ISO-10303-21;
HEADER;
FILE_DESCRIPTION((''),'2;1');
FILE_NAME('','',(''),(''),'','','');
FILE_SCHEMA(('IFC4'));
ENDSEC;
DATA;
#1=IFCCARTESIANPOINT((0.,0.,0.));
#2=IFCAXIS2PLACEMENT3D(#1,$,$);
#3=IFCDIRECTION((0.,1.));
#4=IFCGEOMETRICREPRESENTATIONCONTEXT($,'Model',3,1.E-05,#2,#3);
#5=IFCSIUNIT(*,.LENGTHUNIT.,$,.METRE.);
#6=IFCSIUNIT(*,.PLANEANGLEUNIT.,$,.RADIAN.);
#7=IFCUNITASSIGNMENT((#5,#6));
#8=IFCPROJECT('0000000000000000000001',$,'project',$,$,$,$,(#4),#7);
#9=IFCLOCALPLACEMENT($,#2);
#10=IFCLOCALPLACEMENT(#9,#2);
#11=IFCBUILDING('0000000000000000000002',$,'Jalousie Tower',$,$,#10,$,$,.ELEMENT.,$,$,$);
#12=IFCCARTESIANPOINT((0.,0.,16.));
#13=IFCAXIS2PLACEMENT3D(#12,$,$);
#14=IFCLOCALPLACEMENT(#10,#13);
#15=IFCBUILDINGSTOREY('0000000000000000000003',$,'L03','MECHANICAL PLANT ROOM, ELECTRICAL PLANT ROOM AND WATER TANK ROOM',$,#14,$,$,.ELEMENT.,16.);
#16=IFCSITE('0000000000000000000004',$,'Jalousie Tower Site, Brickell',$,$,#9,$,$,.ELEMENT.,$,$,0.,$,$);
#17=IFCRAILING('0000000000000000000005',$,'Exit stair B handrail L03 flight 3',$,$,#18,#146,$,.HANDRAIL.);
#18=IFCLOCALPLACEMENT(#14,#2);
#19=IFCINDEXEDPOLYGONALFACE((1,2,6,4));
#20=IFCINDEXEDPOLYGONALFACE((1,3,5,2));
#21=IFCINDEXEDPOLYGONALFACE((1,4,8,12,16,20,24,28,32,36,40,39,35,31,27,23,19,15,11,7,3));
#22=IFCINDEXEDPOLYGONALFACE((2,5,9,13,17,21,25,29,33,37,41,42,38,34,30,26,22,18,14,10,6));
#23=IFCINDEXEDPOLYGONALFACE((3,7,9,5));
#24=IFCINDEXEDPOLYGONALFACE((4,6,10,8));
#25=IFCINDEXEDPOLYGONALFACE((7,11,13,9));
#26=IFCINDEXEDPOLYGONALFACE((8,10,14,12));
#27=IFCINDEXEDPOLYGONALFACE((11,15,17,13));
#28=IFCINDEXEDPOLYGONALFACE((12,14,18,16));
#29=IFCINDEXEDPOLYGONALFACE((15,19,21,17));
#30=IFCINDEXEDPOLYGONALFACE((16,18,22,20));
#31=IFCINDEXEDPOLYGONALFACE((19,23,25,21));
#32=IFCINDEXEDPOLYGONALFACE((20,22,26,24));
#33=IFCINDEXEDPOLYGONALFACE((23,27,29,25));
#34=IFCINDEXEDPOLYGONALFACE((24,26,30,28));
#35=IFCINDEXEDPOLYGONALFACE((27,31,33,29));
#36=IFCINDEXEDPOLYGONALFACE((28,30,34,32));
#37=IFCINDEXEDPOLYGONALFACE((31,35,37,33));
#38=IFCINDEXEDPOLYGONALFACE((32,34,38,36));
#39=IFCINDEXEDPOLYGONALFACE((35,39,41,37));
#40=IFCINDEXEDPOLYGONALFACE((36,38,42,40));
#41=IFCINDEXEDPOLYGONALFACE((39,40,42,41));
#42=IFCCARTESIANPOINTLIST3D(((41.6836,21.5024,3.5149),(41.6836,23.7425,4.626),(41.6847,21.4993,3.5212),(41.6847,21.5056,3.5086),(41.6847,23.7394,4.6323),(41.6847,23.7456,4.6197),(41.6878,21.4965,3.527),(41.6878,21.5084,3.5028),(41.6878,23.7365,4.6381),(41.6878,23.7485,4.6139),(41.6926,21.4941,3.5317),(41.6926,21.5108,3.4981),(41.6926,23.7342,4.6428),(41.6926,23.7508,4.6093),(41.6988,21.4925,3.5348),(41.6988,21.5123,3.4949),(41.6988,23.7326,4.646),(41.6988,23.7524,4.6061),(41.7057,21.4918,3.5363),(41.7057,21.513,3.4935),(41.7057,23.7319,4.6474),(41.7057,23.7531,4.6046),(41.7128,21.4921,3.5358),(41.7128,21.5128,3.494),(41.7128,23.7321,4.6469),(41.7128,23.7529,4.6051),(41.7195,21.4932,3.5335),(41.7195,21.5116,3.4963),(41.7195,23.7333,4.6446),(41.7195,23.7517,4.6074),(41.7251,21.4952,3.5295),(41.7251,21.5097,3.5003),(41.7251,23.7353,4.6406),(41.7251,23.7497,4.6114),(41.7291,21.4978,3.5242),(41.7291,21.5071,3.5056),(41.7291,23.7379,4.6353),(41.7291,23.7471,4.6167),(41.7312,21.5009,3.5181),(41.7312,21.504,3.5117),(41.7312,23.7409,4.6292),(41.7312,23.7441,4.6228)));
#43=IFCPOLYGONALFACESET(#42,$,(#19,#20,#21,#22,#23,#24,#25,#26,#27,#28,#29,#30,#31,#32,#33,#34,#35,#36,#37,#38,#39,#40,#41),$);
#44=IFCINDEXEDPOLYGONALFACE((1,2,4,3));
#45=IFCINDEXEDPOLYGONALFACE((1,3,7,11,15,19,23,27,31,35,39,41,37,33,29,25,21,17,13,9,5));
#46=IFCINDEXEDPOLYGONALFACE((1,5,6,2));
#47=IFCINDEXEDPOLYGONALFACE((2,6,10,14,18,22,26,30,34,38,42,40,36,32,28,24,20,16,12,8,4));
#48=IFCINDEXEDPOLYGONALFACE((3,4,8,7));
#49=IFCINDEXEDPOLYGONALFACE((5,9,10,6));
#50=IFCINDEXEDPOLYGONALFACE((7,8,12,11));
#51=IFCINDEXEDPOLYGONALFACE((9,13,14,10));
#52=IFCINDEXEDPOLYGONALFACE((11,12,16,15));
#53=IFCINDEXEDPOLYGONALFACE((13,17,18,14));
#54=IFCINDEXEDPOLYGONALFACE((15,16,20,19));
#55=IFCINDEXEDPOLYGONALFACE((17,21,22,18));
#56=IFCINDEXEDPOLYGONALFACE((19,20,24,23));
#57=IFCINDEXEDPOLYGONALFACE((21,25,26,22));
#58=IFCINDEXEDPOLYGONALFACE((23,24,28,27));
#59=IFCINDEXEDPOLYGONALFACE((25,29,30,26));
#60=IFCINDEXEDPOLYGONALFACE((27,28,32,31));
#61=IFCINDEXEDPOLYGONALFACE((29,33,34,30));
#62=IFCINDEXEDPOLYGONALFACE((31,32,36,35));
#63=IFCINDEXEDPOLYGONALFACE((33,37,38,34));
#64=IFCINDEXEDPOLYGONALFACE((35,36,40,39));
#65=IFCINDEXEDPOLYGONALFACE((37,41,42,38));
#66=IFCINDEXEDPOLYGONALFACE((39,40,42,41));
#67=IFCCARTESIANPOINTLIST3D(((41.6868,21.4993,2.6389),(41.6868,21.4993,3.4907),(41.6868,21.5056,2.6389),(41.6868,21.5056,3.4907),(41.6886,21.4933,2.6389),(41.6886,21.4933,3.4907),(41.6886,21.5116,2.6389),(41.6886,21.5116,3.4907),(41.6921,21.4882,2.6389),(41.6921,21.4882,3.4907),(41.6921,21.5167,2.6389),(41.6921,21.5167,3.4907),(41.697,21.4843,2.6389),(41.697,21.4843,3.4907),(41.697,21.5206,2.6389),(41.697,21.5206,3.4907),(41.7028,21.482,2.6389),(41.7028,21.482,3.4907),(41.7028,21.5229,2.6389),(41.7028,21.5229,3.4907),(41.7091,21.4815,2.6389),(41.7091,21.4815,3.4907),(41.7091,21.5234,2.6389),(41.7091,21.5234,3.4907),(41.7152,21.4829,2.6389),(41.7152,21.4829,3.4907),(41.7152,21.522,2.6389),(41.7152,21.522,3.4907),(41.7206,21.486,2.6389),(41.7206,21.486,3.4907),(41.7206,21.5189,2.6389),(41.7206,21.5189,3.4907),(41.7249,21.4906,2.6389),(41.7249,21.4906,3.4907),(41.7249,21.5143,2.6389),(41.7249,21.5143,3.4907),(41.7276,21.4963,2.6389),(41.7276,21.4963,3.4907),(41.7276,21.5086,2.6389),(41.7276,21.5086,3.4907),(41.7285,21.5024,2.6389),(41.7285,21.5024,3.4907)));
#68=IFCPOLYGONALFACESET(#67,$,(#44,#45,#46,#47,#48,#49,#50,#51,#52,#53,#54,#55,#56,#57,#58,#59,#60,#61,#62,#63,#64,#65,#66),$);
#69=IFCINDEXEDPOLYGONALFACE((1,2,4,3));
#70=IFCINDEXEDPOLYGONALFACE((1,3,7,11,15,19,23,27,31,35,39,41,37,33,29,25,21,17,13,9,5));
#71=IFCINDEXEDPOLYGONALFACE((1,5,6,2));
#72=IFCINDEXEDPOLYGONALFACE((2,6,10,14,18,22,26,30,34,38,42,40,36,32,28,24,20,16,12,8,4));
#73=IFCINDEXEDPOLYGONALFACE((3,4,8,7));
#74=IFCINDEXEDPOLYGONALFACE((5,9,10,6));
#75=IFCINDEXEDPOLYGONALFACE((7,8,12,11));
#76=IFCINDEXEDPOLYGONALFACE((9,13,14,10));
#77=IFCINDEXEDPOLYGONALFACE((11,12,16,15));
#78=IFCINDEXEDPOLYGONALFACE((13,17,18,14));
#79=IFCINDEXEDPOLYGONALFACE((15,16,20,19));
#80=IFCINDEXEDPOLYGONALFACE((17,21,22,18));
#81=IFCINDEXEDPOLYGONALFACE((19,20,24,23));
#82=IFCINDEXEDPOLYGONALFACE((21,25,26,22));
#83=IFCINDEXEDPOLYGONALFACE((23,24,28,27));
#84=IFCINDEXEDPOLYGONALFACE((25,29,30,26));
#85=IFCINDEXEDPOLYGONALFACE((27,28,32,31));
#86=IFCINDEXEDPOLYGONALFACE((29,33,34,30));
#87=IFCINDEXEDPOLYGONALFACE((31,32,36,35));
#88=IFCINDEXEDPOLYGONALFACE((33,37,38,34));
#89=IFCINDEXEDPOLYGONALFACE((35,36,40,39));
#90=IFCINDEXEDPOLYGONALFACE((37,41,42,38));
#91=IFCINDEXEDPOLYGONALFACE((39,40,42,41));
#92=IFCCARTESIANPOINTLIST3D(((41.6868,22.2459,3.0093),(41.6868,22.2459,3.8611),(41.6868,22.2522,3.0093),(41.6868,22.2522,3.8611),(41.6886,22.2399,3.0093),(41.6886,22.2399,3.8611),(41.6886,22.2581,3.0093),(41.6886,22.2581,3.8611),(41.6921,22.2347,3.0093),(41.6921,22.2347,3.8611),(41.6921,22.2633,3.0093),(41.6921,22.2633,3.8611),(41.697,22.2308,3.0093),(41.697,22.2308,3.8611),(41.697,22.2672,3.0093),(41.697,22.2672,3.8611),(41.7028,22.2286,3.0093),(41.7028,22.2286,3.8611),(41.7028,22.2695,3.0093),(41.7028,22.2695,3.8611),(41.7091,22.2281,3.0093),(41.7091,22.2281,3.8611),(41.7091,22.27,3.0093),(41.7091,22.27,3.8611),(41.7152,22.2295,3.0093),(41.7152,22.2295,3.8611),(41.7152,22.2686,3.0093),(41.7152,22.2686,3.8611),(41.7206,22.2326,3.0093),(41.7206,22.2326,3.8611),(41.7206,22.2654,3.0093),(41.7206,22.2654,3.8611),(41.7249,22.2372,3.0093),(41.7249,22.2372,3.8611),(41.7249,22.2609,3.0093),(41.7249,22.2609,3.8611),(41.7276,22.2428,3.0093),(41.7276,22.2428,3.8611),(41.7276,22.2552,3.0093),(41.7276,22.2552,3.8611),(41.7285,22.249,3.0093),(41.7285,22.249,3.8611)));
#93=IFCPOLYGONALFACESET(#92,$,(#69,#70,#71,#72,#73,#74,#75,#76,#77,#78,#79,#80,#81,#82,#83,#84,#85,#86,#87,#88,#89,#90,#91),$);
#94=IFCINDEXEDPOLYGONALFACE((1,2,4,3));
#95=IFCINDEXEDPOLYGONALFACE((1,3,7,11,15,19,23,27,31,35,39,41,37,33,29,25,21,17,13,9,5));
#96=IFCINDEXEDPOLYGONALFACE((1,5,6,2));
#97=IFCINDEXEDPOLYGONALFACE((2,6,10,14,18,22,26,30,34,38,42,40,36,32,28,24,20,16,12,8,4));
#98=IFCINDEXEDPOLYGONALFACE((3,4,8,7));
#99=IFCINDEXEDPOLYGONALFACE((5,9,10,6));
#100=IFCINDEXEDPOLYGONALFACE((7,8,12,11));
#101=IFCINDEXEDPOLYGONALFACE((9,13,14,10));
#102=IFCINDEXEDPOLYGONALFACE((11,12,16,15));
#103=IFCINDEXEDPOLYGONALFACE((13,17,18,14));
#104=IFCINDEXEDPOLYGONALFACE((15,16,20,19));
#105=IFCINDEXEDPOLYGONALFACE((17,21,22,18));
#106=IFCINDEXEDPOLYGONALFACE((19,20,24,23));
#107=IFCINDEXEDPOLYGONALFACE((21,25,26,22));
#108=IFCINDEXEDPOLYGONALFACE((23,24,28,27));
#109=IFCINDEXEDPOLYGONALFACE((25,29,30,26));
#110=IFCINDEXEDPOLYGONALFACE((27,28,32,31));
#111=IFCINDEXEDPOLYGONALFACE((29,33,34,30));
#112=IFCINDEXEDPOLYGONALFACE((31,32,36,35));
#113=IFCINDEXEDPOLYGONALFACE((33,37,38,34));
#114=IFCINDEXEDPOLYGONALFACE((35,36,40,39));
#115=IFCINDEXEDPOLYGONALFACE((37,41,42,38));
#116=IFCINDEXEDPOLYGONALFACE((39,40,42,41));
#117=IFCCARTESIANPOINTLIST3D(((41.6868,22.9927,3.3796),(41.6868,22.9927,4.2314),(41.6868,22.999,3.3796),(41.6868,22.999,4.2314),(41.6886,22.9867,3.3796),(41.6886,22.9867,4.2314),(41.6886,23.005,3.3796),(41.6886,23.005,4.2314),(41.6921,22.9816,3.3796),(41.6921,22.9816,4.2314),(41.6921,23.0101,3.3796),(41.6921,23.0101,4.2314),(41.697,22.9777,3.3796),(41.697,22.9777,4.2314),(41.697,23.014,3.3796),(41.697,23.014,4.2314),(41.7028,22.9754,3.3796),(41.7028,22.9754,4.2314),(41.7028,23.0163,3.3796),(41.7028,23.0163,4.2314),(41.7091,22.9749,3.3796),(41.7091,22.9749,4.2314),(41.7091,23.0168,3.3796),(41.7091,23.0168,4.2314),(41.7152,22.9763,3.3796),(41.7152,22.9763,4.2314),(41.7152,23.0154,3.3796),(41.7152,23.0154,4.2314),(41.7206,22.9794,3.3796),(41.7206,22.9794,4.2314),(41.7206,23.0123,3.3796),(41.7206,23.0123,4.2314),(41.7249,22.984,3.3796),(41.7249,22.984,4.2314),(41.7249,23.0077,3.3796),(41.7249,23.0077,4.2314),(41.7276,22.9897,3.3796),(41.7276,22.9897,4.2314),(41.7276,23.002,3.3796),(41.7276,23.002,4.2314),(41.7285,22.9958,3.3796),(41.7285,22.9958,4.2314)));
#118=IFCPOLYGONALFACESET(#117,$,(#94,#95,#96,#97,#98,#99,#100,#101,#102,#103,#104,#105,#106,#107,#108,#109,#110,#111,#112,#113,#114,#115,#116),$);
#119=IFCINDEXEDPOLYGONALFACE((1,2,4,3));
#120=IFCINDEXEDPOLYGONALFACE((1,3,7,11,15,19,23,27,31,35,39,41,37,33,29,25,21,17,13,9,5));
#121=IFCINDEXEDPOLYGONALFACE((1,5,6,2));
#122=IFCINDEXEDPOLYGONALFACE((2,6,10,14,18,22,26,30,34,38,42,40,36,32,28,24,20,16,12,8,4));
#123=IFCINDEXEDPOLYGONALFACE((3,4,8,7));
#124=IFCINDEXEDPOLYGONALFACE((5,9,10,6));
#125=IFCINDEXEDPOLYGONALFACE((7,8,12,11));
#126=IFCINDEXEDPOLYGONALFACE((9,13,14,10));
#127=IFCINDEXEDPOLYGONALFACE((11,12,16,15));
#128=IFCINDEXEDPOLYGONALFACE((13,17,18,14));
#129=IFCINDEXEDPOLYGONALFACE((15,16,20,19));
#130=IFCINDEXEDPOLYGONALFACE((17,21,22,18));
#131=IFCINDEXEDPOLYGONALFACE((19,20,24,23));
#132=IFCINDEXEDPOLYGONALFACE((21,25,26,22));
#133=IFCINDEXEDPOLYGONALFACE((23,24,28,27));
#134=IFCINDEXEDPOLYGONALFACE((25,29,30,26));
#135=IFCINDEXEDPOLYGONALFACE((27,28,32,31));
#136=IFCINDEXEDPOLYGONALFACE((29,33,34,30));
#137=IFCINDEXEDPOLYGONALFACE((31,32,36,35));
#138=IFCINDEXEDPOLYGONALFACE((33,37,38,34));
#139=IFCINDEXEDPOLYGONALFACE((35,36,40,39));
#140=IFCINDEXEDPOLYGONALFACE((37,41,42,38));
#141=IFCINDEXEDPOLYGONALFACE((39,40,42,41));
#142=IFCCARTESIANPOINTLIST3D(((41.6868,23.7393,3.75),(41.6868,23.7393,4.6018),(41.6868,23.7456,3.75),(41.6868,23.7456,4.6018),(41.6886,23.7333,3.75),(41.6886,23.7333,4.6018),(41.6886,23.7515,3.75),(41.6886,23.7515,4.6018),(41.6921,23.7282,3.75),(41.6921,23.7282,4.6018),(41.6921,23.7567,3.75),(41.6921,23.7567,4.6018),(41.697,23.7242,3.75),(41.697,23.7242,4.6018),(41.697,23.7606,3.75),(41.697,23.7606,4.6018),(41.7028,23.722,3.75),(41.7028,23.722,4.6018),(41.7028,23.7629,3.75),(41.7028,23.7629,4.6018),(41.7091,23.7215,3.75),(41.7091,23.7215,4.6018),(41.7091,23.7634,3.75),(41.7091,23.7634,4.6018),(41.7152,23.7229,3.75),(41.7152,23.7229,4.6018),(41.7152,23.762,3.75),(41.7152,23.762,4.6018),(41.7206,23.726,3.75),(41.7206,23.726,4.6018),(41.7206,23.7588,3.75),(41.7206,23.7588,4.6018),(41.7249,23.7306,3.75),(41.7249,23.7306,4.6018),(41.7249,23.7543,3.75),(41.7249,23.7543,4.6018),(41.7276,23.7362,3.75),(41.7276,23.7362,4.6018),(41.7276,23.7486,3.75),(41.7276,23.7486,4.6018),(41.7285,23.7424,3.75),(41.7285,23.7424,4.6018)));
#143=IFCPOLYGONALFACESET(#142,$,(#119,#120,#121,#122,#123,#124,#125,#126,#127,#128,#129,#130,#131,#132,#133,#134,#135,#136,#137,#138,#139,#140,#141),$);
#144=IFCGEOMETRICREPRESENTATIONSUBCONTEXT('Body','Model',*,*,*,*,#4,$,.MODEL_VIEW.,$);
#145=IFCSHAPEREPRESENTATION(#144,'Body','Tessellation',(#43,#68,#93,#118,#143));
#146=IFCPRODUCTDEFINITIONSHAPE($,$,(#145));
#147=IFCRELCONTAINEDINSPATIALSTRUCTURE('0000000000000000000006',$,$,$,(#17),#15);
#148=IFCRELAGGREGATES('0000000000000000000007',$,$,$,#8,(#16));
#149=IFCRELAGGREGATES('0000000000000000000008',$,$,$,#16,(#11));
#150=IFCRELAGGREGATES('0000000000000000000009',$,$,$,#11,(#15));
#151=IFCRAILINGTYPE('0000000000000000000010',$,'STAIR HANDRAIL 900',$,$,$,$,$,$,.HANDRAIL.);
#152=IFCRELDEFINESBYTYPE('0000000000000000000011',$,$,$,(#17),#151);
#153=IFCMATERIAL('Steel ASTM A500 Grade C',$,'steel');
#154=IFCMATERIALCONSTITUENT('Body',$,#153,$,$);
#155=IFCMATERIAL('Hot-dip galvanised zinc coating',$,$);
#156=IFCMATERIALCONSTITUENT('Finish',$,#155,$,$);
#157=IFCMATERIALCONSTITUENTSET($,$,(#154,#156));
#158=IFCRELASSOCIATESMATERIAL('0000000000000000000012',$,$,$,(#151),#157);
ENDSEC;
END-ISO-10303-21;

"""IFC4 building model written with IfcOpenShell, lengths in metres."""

from ifc_helpers import new_model, si_unit, direction, frame, origin, origin_2d, place, context, subcontext, project, spatial, circle, extrude, material, constituent, constituent_set, type_object, element, save


model = new_model("IFC4")

# Units and contexts
model_context = context("Model", 3, precision=1e-05, world=origin(), true_north=direction((0.0, 1.0)))
body_context = subcontext(model_context, "Body", "Model", "MODEL_VIEW")
ifc_project = project(units=[si_unit("LENGTHUNIT", "METRE"), si_unit("PLANEANGLEUNIT", "RADIAN")], contexts=[model_context])

# Site, building, storey
site_placement = place(None, origin())
site = spatial("IfcSite", under=ifc_project, at=site_placement, Name="Jalousie Tower Site, Brickell", CompositionType="ELEMENT", RefElevation=0.0)
building_placement = place(site_placement, origin())
building = spatial("IfcBuilding", under=site, at=building_placement, Name="Jalousie Tower", CompositionType="ELEMENT")
storey_placement = place(building_placement, frame((0.0, 0.0, 16.0)))
storey = spatial("IfcBuildingStorey", under=building, at=storey_placement, Name="L03", Description="MECHANICAL PLANT ROOM, ELECTRICAL PLANT ROOM AND WATER TANK ROOM", CompositionType="ELEMENT", Elevation=16.0)

# Railing
ifc_material_1 = material(Name="Steel ASTM A500 Grade C", Category="steel")
ifc_constituent_1 = constituent(ifc_material_1, Name="Body")
ifc_material_2 = material(Name="Hot-dip galvanised zinc coating")
ifc_constituent_2 = constituent(ifc_material_2, Name="Finish")
ifc_constituent_set_1 = constituent_set(constituents=[ifc_constituent_1, ifc_constituent_2])
railing_type_1 = type_object("IfcRailingType", Name="STAIR HANDRAIL 900", PredefinedType="HANDRAIL", material=ifc_constituent_set_1)
for number, where, name in (
    (1, (41.7075, 21.5024, 2.6389), "Exit stair B handrail L03 flight 3"),
):
    element("IfcRailing", number, at=place(storey_placement, frame(where)), inside=storey, type_object=railing_type_1, Name=name, PredefinedType="HANDRAIL", context=body_context, shape_type="SweptSolid", body=[
        extrude(circle(Radius=0.0239, at=origin_2d()), frame((0.0, 0.0, 0.876), z_axis=(0.0, 0.895848, 0.44436), x_axis=(-1.0, 0.0, 0.0)), (0.0, 0.0, 1.0), 2.5005),
        extrude(circle(Radius=0.021, at=origin_2d()), origin(), (0.0, 0.0, 1.0), 0.8518),
        extrude(circle(Radius=0.021, at=origin_2d()), frame((0.0, 0.7466, 0.3704)), (0.0, 0.0, 1.0), 0.8518),
        extrude(circle(Radius=0.021, at=origin_2d()), frame((0.0, 1.4934, 0.7407)), (0.0, 0.0, 1.0), 0.8518),
        extrude(circle(Radius=0.021, at=origin_2d()), frame((0.0, 2.24, 1.1111)), (0.0, 0.0, 1.0), 0.8518),
    ])

save(model, "model.ifc")
